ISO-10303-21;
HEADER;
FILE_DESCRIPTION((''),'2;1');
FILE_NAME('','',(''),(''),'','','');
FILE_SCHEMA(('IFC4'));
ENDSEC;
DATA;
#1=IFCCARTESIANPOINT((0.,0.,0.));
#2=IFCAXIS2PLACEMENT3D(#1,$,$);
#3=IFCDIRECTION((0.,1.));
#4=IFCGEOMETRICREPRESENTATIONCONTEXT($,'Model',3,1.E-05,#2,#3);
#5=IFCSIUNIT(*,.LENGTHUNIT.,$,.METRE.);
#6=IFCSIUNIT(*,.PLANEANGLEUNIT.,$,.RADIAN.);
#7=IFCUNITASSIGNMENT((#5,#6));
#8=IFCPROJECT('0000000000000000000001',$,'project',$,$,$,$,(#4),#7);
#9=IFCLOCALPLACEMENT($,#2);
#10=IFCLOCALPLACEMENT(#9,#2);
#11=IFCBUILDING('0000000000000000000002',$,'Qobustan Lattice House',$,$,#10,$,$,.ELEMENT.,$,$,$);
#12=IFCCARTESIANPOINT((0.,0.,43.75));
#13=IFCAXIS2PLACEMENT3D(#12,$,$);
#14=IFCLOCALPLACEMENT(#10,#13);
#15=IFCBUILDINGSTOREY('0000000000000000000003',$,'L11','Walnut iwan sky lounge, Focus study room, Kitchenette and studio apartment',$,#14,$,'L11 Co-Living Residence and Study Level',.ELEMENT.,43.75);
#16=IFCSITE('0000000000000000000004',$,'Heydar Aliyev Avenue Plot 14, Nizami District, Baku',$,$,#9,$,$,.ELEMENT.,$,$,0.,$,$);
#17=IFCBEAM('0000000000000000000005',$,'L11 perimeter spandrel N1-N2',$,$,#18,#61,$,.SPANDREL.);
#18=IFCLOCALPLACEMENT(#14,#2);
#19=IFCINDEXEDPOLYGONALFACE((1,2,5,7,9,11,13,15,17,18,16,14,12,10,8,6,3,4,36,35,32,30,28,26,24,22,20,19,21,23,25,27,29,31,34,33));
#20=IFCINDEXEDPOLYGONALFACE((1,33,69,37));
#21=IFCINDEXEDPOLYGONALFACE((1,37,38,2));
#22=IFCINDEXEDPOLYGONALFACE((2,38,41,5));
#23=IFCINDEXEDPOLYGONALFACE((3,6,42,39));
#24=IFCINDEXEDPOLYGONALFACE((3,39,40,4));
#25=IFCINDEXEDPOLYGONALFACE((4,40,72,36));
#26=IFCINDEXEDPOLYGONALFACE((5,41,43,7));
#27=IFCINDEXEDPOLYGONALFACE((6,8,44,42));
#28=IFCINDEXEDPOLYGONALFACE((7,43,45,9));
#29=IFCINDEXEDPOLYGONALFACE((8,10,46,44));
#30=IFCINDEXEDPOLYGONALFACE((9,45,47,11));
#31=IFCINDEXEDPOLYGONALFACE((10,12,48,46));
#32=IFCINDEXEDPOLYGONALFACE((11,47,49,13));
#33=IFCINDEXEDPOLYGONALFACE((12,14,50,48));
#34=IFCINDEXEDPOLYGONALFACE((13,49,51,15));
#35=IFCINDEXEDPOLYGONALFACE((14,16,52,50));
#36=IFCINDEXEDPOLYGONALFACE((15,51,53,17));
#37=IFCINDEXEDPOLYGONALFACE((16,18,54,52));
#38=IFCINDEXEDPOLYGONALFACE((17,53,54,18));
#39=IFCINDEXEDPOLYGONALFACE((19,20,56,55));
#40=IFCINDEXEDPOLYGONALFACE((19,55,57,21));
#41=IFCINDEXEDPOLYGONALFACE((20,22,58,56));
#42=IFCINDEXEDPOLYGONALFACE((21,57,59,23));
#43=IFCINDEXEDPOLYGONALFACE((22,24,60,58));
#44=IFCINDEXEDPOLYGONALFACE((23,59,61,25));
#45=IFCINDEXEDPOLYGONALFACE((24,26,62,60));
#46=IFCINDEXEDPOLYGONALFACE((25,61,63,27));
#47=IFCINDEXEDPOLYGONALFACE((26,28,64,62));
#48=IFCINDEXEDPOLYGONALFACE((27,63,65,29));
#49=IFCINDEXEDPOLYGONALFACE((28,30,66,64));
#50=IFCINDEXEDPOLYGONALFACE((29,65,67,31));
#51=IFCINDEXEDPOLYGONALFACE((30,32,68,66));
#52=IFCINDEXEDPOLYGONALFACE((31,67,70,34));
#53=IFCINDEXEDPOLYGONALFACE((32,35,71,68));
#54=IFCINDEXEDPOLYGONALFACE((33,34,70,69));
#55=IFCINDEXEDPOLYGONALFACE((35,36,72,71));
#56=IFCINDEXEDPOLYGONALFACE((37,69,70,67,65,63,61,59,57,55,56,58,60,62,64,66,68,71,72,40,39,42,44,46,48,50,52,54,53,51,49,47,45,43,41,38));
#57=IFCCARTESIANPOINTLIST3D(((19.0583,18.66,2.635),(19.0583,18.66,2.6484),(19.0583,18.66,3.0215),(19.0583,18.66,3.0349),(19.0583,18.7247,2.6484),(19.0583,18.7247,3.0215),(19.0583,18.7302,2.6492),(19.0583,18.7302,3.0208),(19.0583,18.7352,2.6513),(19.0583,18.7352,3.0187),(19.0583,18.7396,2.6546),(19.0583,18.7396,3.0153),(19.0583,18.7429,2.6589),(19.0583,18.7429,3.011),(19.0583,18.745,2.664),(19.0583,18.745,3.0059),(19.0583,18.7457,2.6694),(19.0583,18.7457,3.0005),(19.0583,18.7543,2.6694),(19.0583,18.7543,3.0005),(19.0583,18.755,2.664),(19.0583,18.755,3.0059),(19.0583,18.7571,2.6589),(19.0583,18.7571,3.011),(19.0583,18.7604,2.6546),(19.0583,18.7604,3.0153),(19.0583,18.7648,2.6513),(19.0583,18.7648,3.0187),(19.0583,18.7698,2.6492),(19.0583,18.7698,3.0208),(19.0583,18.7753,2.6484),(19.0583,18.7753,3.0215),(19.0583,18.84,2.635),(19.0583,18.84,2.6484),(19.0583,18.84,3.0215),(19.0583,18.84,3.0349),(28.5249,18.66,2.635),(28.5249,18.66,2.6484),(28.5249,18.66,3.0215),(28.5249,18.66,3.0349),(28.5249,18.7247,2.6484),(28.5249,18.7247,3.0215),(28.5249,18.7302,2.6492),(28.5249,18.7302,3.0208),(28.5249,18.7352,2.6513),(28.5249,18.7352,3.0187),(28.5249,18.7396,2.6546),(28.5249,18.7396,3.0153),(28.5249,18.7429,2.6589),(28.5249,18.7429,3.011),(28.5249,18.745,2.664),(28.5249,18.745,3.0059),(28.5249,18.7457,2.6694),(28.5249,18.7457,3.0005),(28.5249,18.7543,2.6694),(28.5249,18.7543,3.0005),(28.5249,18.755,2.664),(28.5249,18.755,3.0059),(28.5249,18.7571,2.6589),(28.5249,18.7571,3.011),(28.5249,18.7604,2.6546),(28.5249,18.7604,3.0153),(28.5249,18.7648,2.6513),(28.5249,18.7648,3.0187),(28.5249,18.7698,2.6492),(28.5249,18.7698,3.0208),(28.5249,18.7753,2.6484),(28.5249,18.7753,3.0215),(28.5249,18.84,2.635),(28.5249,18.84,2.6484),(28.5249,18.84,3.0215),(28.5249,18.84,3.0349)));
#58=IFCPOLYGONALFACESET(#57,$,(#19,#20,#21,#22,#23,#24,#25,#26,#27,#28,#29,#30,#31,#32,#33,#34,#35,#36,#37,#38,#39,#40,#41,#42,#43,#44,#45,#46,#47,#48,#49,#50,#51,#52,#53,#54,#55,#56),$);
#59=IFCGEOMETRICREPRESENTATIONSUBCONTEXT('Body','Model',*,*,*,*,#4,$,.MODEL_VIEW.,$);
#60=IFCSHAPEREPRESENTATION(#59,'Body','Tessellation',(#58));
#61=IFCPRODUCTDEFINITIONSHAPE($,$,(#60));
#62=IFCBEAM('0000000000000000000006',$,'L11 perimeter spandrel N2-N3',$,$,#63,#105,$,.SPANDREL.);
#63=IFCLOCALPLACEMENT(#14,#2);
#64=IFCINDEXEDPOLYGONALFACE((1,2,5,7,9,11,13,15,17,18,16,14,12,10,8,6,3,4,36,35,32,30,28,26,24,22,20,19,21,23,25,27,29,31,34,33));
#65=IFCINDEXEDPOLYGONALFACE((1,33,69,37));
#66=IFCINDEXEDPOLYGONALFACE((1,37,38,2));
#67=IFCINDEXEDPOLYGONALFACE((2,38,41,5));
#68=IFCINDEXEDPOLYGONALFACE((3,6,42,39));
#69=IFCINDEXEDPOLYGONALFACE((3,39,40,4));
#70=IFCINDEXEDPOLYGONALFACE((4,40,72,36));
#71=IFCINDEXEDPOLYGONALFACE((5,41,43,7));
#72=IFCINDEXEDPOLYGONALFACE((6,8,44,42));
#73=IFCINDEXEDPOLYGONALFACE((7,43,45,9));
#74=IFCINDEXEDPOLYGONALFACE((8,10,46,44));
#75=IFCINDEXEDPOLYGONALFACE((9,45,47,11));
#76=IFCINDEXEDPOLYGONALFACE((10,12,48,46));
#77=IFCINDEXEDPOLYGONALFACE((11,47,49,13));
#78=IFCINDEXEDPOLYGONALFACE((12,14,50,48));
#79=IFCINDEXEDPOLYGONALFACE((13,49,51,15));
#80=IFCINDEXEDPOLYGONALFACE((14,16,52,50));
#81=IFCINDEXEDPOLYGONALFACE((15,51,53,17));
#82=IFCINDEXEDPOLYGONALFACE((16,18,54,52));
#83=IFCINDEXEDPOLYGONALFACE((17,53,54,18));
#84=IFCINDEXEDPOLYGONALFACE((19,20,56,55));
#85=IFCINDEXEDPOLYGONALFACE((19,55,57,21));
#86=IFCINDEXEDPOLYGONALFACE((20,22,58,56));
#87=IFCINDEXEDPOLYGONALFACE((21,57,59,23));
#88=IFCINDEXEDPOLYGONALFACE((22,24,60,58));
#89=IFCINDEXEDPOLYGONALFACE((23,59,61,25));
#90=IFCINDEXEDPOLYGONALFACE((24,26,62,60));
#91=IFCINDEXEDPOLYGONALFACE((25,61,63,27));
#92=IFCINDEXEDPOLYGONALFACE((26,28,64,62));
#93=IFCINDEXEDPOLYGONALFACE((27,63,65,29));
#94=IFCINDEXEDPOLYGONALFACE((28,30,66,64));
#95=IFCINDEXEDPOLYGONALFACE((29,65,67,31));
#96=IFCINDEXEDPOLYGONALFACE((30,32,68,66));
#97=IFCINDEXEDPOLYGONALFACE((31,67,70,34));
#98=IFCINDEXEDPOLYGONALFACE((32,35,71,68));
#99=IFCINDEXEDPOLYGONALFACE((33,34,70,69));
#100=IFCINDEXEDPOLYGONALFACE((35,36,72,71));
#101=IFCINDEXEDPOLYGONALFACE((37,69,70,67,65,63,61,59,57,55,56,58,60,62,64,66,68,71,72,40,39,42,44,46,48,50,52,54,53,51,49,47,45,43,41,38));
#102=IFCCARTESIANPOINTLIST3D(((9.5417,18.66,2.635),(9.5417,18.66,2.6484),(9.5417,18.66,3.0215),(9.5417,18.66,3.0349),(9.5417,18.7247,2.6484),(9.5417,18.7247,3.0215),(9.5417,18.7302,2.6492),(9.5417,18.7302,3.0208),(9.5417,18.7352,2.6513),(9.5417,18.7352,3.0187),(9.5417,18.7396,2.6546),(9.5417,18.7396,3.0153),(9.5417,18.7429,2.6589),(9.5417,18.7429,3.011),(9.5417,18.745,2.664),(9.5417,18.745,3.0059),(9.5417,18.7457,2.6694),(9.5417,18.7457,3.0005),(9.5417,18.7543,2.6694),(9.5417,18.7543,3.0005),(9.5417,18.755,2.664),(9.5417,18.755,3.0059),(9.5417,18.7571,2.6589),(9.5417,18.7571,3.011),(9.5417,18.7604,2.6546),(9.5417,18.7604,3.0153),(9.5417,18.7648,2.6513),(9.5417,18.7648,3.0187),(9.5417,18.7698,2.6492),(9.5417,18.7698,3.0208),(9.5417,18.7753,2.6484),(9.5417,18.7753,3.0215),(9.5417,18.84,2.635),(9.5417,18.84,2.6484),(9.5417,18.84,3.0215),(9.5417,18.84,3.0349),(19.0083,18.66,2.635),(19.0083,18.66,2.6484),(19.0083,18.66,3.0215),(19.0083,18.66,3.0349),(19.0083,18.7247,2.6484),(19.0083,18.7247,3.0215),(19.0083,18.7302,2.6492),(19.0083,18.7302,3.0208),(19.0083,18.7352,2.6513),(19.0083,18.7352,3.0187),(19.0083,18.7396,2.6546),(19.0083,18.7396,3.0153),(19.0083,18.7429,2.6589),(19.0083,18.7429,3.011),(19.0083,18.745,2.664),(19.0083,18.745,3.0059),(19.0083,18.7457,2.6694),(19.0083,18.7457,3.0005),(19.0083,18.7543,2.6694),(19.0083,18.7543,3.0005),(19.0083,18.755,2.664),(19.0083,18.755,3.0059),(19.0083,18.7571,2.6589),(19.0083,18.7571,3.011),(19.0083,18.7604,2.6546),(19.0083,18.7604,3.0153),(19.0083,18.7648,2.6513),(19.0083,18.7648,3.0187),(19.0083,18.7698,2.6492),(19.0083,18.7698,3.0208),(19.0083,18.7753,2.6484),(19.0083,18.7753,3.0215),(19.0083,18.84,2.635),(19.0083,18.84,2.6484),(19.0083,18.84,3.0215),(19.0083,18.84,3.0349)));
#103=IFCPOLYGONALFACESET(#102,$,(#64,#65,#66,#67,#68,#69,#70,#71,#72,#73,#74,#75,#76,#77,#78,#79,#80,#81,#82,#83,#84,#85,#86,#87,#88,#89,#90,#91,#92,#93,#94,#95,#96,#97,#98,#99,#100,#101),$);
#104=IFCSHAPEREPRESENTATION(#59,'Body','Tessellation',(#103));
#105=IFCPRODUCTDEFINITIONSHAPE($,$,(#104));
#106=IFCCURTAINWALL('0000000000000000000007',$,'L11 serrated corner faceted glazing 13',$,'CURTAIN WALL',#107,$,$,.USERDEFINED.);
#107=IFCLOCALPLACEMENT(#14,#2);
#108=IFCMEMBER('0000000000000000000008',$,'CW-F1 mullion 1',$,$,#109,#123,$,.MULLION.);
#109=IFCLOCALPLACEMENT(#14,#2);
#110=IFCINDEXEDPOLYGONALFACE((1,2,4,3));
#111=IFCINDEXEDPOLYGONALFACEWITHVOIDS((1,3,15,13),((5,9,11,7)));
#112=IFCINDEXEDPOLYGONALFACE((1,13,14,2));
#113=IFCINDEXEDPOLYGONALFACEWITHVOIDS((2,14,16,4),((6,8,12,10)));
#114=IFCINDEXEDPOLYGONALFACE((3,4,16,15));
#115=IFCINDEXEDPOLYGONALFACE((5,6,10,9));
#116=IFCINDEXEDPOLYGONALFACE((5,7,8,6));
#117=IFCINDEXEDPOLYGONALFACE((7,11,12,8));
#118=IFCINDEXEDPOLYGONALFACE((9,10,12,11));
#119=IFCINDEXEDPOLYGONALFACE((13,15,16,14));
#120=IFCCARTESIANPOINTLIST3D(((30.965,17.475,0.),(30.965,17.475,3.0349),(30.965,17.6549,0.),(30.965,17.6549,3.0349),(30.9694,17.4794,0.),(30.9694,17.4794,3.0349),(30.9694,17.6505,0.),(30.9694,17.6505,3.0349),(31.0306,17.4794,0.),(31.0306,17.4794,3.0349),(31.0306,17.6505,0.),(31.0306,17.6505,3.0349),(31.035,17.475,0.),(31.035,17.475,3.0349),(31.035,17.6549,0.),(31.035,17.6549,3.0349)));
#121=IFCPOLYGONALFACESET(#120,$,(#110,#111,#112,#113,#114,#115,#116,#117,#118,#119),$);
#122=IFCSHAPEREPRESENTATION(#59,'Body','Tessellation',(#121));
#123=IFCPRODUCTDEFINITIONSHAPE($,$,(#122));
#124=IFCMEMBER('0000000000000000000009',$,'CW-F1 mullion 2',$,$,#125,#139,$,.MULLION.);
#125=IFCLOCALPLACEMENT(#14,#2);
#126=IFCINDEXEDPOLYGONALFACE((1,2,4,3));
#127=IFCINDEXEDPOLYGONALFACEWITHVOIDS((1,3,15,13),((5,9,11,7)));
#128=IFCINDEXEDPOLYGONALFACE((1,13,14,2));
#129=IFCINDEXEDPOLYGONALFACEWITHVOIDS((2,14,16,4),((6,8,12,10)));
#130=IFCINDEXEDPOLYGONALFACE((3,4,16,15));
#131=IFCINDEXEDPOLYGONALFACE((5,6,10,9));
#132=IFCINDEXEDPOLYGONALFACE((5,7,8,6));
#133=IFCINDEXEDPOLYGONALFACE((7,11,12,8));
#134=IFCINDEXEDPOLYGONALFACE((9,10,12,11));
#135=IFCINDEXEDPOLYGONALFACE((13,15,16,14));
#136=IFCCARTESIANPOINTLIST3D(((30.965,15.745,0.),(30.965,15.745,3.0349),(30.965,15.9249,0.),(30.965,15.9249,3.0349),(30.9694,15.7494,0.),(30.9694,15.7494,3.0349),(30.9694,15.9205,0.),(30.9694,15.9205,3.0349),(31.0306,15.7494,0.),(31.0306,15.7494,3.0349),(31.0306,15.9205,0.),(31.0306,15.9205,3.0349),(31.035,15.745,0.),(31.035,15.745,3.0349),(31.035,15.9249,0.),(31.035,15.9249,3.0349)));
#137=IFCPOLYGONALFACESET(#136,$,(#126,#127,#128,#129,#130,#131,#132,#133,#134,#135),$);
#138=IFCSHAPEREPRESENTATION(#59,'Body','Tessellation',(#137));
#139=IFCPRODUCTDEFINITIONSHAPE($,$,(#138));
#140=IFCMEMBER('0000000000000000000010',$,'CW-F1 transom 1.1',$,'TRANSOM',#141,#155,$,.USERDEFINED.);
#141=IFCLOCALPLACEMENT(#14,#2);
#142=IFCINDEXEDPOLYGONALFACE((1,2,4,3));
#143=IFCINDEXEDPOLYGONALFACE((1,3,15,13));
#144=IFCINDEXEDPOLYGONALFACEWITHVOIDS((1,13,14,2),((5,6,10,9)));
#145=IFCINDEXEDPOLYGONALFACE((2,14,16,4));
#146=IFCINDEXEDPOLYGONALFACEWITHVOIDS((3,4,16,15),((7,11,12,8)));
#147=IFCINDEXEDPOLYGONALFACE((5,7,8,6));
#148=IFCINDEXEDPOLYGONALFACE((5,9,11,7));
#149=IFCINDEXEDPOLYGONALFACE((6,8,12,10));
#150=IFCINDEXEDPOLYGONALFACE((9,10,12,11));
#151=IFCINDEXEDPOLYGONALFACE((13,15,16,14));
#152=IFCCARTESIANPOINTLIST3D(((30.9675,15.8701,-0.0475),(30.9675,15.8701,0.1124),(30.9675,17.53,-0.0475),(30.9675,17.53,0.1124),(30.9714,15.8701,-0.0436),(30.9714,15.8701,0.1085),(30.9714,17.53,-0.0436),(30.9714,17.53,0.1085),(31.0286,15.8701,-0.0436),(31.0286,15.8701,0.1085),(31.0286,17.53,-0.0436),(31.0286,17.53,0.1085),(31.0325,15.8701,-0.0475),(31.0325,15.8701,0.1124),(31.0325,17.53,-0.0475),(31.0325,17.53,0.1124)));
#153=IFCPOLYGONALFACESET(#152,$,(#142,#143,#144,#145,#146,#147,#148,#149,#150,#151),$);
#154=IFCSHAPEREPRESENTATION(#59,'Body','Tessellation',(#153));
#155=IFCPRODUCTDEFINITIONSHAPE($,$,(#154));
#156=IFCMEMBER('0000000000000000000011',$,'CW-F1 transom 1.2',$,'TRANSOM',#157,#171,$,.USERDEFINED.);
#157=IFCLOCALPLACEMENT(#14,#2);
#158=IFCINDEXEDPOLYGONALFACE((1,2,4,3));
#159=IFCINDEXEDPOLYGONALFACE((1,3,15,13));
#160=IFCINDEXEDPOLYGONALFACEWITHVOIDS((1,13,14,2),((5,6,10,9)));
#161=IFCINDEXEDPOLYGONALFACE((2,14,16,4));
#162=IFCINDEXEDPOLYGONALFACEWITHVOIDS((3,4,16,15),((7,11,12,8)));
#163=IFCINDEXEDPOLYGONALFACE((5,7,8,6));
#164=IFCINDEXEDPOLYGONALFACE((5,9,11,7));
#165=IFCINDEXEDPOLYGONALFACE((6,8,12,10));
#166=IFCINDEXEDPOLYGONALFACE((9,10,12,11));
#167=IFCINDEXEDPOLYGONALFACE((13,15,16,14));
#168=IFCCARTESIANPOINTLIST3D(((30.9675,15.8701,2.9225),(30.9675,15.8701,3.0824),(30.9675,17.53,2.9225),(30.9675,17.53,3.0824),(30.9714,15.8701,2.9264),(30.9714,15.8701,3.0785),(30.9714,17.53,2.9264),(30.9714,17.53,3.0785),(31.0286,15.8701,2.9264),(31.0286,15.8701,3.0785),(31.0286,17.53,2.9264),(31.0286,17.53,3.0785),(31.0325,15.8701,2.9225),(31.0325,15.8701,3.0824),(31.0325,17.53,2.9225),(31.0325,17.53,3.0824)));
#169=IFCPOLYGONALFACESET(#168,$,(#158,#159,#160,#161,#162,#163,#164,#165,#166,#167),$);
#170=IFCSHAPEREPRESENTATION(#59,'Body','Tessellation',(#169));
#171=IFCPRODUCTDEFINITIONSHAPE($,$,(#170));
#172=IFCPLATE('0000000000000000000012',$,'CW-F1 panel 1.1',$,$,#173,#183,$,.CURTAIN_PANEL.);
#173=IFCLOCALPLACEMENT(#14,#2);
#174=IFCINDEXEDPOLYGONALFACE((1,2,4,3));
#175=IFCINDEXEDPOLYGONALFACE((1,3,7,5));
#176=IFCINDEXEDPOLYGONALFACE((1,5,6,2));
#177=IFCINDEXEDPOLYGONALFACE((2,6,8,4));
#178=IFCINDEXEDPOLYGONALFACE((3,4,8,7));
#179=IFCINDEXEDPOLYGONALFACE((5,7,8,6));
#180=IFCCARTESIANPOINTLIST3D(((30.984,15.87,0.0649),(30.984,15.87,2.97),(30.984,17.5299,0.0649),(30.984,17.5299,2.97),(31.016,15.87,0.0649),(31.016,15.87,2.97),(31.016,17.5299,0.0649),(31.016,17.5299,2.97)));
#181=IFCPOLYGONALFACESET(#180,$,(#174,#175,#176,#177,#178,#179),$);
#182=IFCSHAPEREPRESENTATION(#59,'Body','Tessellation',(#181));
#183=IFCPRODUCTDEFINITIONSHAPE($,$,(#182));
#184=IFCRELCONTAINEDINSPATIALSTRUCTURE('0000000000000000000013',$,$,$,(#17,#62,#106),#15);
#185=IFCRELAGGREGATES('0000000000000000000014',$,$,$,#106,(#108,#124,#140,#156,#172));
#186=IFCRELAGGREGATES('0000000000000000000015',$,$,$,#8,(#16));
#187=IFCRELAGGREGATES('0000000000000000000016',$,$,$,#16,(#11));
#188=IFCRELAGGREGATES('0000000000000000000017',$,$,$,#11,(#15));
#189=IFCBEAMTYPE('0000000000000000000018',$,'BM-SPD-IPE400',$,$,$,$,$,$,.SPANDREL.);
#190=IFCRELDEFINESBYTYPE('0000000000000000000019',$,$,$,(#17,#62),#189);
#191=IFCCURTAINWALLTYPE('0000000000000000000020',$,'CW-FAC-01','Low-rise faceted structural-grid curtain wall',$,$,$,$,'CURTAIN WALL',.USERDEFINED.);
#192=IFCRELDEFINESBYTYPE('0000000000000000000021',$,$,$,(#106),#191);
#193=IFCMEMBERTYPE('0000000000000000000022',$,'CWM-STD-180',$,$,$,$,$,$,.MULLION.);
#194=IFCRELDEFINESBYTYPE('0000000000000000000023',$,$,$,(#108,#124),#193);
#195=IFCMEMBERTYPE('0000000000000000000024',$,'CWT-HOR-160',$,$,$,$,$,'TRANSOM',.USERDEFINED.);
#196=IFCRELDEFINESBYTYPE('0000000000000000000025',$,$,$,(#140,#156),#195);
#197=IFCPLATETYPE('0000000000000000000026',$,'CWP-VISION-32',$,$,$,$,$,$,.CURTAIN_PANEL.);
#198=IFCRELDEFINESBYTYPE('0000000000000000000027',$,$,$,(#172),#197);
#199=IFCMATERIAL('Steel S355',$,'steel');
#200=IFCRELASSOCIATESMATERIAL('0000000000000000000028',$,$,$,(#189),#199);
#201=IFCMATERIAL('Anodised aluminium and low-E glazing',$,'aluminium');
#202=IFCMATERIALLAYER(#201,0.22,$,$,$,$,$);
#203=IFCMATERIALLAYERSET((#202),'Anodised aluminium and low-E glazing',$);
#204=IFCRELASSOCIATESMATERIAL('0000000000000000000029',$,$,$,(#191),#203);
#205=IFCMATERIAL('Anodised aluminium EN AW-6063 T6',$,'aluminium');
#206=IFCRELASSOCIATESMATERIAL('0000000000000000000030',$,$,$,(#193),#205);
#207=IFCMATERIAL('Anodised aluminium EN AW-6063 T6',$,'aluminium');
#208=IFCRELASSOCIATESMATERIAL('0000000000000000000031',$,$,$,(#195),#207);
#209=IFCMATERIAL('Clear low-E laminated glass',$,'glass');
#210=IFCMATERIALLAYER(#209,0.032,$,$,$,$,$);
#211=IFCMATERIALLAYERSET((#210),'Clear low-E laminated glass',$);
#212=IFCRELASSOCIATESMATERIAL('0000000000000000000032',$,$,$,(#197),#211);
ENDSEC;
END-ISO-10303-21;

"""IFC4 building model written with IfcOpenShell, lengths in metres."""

from ifc_helpers import new_model, si_unit, direction, frame, origin, origin_2d, place, context, subcontext, project, spatial, rectangle, hollow_rectangle, i_section, extrude, material, layer, layer_set, material_profile, profile_set, type_object, element, aggregate, save


model = new_model("IFC4")

# Units and contexts
model_context = context("Model", 3, precision=1e-05, world=origin(), true_north=direction((0.0, 1.0)))
body_context = subcontext(model_context, "Body", "Model", "MODEL_VIEW")
ifc_project = project(units=[si_unit("LENGTHUNIT", "METRE"), si_unit("PLANEANGLEUNIT", "RADIAN")], contexts=[model_context])

# Site, building, storey
site_placement = place(None, origin())
site = spatial("IfcSite", under=ifc_project, at=site_placement, Name="Heydar Aliyev Avenue Plot 14, Nizami District, Baku", CompositionType="ELEMENT", RefElevation=0.0)
building_placement = place(site_placement, origin())
building = spatial("IfcBuilding", under=site, at=building_placement, Name="Qobustan Lattice House", CompositionType="ELEMENT")
storey_placement = place(building_placement, frame((0.0, 0.0, 43.75)))
storey = spatial("IfcBuildingStorey", under=building, at=storey_placement, Name="L11", Description="Walnut iwan sky lounge, Focus study room, Kitchenette and studio apartment", LongName="L11 Co-Living Residence and Study Level", CompositionType="ELEMENT", Elevation=43.75)

# Beams
ifc_material_1 = material(Name="Steel S355", Category="steel")
ifc_material_profile_1 = material_profile(ifc_material_1, i_section(OverallWidth=0.1799, OverallDepth=0.3999, WebThickness=0.0085, FlangeThickness=0.0134, FilletRadius=0.021, at=origin_2d()), Name="IPE400")
ifc_profile_set_1 = profile_set([ifc_material_profile_1], Name="Steel S355")
beam_type_1 = type_object("IfcBeamType", Name="BM-SPD-IPE400", PredefinedType="SPANDREL", material=ifc_profile_set_1)
for number, where, z_axis, x_axis, name in (
    (1, (28.5249, 18.75, 2.835), (-1.0, 0.0, 0.0), (0.0, -1.0, 0.0), "L11 perimeter spandrel N1-N2"),
    (2, (19.0083, 18.75, 2.835), (-1.0, 0.0, 0.0), (0.0, -1.0, 0.0), "L11 perimeter spandrel N2-N3"),
):
    element("IfcBeam", number, at=place(storey_placement, frame(where, z_axis=z_axis, x_axis=x_axis)), inside=storey, type_object=beam_type_1, Name=name, PredefinedType="SPANDREL", context=body_context, shape_type="SweptSolid", body=[
        extrude(i_section(OverallWidth=0.1799, OverallDepth=0.3999, WebThickness=0.0085, FlangeThickness=0.0134, FilletRadius=0.021, at=origin_2d()), origin(), (0.0, 0.0, 1.0), 9.4666),
    ])

# Curtain wall, members, plate
ifc_material_2 = material(Name="Anodised aluminium and low-E glazing", Category="aluminium")
ifc_layer_1 = layer(ifc_material_2, 0.22)
ifc_layer_set_1 = layer_set([ifc_layer_1], Name="Anodised aluminium and low-E glazing")
curtain_wall_type = type_object("IfcCurtainWallType", Name="CW-FAC-01", Description="Low-rise faceted structural-grid curtain wall", ElementType="CURTAIN WALL", PredefinedType="USERDEFINED", material=ifc_layer_set_1)
curtain_wall_placement = place(storey_placement, origin())
curtain_wall = element("IfcCurtainWall", 3, at=curtain_wall_placement, inside=storey, type_object=curtain_wall_type, Name="L11 serrated corner faceted glazing 13", ObjectType="CURTAIN WALL", PredefinedType="USERDEFINED")
ifc_material_3 = material(Name="Anodised aluminium EN AW-6063 T6", Category="aluminium")
ifc_material_profile_2 = material_profile(ifc_material_3, hollow_rectangle(XDim=0.0701, YDim=0.1799, WallThickness=0.0044, at=origin_2d()), Name="CWM-180x70")
ifc_profile_set_2 = profile_set([ifc_material_profile_2], Name="Anodised aluminium EN AW-6063 T6")
member_type_1 = type_object("IfcMemberType", Name="CWM-STD-180", PredefinedType="MULLION", material=ifc_profile_set_2)
member_1_placement = place(storey_placement, frame((31.0, 17.5649, 0.0), z_axis=(0.0, 0.0, 1.0), x_axis=(1.0, 0.0, 0.0)))
member_1 = element("IfcMember", 4, at=member_1_placement, type_object=member_type_1, Name="CW-F1 mullion 1", PredefinedType="MULLION", context=body_context, shape_type="SweptSolid", body=[
    extrude(hollow_rectangle(XDim=0.0701, YDim=0.1799, WallThickness=0.0044, at=origin_2d()), origin(), (0.0, 0.0, 1.0), 3.0349),
])
member_2_placement = place(storey_placement, frame((31.0, 15.835, 0.0), z_axis=(0.0, 0.0, 1.0), x_axis=(1.0, 0.0, 0.0)))
member_2 = element("IfcMember", 5, at=member_2_placement, type_object=member_type_1, Name="CW-F1 mullion 2", PredefinedType="MULLION", context=body_context, shape_type="SweptSolid", body=[
    extrude(hollow_rectangle(XDim=0.0701, YDim=0.1799, WallThickness=0.0044, at=origin_2d()), origin(), (0.0, 0.0, 1.0), 3.0349),
])
ifc_material_4 = material(Name="Anodised aluminium EN AW-6063 T6", Category="aluminium")
ifc_material_profile_3 = material_profile(ifc_material_4, hollow_rectangle(XDim=0.0649, YDim=0.1599, WallThickness=0.0039, at=origin_2d()), Name="CWT-160x65")
ifc_profile_set_3 = profile_set([ifc_material_profile_3], Name="Anodised aluminium EN AW-6063 T6")
member_type_2 = type_object("IfcMemberType", Name="CWT-HOR-160", ElementType="TRANSOM", PredefinedType="USERDEFINED", material=ifc_profile_set_3)
member_3_placement = place(storey_placement, frame((31.0, 17.53, 0.0325), z_axis=(0.0, -1.0, 0.0), x_axis=(1.0, 0.0, 0.0)))
member_3 = element("IfcMember", 6, at=member_3_placement, type_object=member_type_2, Name="CW-F1 transom 1.1", ObjectType="TRANSOM", PredefinedType="USERDEFINED", context=body_context, shape_type="SweptSolid", body=[
    extrude(hollow_rectangle(XDim=0.0649, YDim=0.1599, WallThickness=0.0039, at=origin_2d()), origin(), (0.0, 0.0, 1.0), 1.6599),
])
member_4_placement = place(storey_placement, frame((31.0, 17.53, 3.0024), z_axis=(0.0, -1.0, 0.0), x_axis=(1.0, 0.0, 0.0)))
member_4 = element("IfcMember", 7, at=member_4_placement, type_object=member_type_2, Name="CW-F1 transom 1.2", ObjectType="TRANSOM", PredefinedType="USERDEFINED", context=body_context, shape_type="SweptSolid", body=[
    extrude(hollow_rectangle(XDim=0.0649, YDim=0.1599, WallThickness=0.0039, at=origin_2d()), origin(), (0.0, 0.0, 1.0), 1.6599),
])
ifc_material_5 = material(Name="Clear low-E laminated glass", Category="glass")
ifc_layer_2 = layer(ifc_material_5, 0.032)
ifc_layer_set_2 = layer_set([ifc_layer_2], Name="Clear low-E laminated glass")
plate_type = type_object("IfcPlateType", Name="CWP-VISION-32", PredefinedType="CURTAIN_PANEL", material=ifc_layer_set_2)
plate_placement = place(storey_placement, frame((31.0, 16.7, 0.0649), z_axis=(0.0, 0.0, 1.0), x_axis=(0.0, -1.0, 0.0)))
plate = element("IfcPlate", 8, at=plate_placement, type_object=plate_type, Name="CW-F1 panel 1.1", PredefinedType="CURTAIN_PANEL", context=body_context, shape_type="SweptSolid", body=[
    extrude(rectangle(XDim=1.6599, YDim=0.032, at=origin_2d()), origin(), (0.0, 0.0, 1.0), 2.905),
])
aggregate(curtain_wall, [member_1, member_2, member_3, member_4, plate])

save(model, "model.ifc")
